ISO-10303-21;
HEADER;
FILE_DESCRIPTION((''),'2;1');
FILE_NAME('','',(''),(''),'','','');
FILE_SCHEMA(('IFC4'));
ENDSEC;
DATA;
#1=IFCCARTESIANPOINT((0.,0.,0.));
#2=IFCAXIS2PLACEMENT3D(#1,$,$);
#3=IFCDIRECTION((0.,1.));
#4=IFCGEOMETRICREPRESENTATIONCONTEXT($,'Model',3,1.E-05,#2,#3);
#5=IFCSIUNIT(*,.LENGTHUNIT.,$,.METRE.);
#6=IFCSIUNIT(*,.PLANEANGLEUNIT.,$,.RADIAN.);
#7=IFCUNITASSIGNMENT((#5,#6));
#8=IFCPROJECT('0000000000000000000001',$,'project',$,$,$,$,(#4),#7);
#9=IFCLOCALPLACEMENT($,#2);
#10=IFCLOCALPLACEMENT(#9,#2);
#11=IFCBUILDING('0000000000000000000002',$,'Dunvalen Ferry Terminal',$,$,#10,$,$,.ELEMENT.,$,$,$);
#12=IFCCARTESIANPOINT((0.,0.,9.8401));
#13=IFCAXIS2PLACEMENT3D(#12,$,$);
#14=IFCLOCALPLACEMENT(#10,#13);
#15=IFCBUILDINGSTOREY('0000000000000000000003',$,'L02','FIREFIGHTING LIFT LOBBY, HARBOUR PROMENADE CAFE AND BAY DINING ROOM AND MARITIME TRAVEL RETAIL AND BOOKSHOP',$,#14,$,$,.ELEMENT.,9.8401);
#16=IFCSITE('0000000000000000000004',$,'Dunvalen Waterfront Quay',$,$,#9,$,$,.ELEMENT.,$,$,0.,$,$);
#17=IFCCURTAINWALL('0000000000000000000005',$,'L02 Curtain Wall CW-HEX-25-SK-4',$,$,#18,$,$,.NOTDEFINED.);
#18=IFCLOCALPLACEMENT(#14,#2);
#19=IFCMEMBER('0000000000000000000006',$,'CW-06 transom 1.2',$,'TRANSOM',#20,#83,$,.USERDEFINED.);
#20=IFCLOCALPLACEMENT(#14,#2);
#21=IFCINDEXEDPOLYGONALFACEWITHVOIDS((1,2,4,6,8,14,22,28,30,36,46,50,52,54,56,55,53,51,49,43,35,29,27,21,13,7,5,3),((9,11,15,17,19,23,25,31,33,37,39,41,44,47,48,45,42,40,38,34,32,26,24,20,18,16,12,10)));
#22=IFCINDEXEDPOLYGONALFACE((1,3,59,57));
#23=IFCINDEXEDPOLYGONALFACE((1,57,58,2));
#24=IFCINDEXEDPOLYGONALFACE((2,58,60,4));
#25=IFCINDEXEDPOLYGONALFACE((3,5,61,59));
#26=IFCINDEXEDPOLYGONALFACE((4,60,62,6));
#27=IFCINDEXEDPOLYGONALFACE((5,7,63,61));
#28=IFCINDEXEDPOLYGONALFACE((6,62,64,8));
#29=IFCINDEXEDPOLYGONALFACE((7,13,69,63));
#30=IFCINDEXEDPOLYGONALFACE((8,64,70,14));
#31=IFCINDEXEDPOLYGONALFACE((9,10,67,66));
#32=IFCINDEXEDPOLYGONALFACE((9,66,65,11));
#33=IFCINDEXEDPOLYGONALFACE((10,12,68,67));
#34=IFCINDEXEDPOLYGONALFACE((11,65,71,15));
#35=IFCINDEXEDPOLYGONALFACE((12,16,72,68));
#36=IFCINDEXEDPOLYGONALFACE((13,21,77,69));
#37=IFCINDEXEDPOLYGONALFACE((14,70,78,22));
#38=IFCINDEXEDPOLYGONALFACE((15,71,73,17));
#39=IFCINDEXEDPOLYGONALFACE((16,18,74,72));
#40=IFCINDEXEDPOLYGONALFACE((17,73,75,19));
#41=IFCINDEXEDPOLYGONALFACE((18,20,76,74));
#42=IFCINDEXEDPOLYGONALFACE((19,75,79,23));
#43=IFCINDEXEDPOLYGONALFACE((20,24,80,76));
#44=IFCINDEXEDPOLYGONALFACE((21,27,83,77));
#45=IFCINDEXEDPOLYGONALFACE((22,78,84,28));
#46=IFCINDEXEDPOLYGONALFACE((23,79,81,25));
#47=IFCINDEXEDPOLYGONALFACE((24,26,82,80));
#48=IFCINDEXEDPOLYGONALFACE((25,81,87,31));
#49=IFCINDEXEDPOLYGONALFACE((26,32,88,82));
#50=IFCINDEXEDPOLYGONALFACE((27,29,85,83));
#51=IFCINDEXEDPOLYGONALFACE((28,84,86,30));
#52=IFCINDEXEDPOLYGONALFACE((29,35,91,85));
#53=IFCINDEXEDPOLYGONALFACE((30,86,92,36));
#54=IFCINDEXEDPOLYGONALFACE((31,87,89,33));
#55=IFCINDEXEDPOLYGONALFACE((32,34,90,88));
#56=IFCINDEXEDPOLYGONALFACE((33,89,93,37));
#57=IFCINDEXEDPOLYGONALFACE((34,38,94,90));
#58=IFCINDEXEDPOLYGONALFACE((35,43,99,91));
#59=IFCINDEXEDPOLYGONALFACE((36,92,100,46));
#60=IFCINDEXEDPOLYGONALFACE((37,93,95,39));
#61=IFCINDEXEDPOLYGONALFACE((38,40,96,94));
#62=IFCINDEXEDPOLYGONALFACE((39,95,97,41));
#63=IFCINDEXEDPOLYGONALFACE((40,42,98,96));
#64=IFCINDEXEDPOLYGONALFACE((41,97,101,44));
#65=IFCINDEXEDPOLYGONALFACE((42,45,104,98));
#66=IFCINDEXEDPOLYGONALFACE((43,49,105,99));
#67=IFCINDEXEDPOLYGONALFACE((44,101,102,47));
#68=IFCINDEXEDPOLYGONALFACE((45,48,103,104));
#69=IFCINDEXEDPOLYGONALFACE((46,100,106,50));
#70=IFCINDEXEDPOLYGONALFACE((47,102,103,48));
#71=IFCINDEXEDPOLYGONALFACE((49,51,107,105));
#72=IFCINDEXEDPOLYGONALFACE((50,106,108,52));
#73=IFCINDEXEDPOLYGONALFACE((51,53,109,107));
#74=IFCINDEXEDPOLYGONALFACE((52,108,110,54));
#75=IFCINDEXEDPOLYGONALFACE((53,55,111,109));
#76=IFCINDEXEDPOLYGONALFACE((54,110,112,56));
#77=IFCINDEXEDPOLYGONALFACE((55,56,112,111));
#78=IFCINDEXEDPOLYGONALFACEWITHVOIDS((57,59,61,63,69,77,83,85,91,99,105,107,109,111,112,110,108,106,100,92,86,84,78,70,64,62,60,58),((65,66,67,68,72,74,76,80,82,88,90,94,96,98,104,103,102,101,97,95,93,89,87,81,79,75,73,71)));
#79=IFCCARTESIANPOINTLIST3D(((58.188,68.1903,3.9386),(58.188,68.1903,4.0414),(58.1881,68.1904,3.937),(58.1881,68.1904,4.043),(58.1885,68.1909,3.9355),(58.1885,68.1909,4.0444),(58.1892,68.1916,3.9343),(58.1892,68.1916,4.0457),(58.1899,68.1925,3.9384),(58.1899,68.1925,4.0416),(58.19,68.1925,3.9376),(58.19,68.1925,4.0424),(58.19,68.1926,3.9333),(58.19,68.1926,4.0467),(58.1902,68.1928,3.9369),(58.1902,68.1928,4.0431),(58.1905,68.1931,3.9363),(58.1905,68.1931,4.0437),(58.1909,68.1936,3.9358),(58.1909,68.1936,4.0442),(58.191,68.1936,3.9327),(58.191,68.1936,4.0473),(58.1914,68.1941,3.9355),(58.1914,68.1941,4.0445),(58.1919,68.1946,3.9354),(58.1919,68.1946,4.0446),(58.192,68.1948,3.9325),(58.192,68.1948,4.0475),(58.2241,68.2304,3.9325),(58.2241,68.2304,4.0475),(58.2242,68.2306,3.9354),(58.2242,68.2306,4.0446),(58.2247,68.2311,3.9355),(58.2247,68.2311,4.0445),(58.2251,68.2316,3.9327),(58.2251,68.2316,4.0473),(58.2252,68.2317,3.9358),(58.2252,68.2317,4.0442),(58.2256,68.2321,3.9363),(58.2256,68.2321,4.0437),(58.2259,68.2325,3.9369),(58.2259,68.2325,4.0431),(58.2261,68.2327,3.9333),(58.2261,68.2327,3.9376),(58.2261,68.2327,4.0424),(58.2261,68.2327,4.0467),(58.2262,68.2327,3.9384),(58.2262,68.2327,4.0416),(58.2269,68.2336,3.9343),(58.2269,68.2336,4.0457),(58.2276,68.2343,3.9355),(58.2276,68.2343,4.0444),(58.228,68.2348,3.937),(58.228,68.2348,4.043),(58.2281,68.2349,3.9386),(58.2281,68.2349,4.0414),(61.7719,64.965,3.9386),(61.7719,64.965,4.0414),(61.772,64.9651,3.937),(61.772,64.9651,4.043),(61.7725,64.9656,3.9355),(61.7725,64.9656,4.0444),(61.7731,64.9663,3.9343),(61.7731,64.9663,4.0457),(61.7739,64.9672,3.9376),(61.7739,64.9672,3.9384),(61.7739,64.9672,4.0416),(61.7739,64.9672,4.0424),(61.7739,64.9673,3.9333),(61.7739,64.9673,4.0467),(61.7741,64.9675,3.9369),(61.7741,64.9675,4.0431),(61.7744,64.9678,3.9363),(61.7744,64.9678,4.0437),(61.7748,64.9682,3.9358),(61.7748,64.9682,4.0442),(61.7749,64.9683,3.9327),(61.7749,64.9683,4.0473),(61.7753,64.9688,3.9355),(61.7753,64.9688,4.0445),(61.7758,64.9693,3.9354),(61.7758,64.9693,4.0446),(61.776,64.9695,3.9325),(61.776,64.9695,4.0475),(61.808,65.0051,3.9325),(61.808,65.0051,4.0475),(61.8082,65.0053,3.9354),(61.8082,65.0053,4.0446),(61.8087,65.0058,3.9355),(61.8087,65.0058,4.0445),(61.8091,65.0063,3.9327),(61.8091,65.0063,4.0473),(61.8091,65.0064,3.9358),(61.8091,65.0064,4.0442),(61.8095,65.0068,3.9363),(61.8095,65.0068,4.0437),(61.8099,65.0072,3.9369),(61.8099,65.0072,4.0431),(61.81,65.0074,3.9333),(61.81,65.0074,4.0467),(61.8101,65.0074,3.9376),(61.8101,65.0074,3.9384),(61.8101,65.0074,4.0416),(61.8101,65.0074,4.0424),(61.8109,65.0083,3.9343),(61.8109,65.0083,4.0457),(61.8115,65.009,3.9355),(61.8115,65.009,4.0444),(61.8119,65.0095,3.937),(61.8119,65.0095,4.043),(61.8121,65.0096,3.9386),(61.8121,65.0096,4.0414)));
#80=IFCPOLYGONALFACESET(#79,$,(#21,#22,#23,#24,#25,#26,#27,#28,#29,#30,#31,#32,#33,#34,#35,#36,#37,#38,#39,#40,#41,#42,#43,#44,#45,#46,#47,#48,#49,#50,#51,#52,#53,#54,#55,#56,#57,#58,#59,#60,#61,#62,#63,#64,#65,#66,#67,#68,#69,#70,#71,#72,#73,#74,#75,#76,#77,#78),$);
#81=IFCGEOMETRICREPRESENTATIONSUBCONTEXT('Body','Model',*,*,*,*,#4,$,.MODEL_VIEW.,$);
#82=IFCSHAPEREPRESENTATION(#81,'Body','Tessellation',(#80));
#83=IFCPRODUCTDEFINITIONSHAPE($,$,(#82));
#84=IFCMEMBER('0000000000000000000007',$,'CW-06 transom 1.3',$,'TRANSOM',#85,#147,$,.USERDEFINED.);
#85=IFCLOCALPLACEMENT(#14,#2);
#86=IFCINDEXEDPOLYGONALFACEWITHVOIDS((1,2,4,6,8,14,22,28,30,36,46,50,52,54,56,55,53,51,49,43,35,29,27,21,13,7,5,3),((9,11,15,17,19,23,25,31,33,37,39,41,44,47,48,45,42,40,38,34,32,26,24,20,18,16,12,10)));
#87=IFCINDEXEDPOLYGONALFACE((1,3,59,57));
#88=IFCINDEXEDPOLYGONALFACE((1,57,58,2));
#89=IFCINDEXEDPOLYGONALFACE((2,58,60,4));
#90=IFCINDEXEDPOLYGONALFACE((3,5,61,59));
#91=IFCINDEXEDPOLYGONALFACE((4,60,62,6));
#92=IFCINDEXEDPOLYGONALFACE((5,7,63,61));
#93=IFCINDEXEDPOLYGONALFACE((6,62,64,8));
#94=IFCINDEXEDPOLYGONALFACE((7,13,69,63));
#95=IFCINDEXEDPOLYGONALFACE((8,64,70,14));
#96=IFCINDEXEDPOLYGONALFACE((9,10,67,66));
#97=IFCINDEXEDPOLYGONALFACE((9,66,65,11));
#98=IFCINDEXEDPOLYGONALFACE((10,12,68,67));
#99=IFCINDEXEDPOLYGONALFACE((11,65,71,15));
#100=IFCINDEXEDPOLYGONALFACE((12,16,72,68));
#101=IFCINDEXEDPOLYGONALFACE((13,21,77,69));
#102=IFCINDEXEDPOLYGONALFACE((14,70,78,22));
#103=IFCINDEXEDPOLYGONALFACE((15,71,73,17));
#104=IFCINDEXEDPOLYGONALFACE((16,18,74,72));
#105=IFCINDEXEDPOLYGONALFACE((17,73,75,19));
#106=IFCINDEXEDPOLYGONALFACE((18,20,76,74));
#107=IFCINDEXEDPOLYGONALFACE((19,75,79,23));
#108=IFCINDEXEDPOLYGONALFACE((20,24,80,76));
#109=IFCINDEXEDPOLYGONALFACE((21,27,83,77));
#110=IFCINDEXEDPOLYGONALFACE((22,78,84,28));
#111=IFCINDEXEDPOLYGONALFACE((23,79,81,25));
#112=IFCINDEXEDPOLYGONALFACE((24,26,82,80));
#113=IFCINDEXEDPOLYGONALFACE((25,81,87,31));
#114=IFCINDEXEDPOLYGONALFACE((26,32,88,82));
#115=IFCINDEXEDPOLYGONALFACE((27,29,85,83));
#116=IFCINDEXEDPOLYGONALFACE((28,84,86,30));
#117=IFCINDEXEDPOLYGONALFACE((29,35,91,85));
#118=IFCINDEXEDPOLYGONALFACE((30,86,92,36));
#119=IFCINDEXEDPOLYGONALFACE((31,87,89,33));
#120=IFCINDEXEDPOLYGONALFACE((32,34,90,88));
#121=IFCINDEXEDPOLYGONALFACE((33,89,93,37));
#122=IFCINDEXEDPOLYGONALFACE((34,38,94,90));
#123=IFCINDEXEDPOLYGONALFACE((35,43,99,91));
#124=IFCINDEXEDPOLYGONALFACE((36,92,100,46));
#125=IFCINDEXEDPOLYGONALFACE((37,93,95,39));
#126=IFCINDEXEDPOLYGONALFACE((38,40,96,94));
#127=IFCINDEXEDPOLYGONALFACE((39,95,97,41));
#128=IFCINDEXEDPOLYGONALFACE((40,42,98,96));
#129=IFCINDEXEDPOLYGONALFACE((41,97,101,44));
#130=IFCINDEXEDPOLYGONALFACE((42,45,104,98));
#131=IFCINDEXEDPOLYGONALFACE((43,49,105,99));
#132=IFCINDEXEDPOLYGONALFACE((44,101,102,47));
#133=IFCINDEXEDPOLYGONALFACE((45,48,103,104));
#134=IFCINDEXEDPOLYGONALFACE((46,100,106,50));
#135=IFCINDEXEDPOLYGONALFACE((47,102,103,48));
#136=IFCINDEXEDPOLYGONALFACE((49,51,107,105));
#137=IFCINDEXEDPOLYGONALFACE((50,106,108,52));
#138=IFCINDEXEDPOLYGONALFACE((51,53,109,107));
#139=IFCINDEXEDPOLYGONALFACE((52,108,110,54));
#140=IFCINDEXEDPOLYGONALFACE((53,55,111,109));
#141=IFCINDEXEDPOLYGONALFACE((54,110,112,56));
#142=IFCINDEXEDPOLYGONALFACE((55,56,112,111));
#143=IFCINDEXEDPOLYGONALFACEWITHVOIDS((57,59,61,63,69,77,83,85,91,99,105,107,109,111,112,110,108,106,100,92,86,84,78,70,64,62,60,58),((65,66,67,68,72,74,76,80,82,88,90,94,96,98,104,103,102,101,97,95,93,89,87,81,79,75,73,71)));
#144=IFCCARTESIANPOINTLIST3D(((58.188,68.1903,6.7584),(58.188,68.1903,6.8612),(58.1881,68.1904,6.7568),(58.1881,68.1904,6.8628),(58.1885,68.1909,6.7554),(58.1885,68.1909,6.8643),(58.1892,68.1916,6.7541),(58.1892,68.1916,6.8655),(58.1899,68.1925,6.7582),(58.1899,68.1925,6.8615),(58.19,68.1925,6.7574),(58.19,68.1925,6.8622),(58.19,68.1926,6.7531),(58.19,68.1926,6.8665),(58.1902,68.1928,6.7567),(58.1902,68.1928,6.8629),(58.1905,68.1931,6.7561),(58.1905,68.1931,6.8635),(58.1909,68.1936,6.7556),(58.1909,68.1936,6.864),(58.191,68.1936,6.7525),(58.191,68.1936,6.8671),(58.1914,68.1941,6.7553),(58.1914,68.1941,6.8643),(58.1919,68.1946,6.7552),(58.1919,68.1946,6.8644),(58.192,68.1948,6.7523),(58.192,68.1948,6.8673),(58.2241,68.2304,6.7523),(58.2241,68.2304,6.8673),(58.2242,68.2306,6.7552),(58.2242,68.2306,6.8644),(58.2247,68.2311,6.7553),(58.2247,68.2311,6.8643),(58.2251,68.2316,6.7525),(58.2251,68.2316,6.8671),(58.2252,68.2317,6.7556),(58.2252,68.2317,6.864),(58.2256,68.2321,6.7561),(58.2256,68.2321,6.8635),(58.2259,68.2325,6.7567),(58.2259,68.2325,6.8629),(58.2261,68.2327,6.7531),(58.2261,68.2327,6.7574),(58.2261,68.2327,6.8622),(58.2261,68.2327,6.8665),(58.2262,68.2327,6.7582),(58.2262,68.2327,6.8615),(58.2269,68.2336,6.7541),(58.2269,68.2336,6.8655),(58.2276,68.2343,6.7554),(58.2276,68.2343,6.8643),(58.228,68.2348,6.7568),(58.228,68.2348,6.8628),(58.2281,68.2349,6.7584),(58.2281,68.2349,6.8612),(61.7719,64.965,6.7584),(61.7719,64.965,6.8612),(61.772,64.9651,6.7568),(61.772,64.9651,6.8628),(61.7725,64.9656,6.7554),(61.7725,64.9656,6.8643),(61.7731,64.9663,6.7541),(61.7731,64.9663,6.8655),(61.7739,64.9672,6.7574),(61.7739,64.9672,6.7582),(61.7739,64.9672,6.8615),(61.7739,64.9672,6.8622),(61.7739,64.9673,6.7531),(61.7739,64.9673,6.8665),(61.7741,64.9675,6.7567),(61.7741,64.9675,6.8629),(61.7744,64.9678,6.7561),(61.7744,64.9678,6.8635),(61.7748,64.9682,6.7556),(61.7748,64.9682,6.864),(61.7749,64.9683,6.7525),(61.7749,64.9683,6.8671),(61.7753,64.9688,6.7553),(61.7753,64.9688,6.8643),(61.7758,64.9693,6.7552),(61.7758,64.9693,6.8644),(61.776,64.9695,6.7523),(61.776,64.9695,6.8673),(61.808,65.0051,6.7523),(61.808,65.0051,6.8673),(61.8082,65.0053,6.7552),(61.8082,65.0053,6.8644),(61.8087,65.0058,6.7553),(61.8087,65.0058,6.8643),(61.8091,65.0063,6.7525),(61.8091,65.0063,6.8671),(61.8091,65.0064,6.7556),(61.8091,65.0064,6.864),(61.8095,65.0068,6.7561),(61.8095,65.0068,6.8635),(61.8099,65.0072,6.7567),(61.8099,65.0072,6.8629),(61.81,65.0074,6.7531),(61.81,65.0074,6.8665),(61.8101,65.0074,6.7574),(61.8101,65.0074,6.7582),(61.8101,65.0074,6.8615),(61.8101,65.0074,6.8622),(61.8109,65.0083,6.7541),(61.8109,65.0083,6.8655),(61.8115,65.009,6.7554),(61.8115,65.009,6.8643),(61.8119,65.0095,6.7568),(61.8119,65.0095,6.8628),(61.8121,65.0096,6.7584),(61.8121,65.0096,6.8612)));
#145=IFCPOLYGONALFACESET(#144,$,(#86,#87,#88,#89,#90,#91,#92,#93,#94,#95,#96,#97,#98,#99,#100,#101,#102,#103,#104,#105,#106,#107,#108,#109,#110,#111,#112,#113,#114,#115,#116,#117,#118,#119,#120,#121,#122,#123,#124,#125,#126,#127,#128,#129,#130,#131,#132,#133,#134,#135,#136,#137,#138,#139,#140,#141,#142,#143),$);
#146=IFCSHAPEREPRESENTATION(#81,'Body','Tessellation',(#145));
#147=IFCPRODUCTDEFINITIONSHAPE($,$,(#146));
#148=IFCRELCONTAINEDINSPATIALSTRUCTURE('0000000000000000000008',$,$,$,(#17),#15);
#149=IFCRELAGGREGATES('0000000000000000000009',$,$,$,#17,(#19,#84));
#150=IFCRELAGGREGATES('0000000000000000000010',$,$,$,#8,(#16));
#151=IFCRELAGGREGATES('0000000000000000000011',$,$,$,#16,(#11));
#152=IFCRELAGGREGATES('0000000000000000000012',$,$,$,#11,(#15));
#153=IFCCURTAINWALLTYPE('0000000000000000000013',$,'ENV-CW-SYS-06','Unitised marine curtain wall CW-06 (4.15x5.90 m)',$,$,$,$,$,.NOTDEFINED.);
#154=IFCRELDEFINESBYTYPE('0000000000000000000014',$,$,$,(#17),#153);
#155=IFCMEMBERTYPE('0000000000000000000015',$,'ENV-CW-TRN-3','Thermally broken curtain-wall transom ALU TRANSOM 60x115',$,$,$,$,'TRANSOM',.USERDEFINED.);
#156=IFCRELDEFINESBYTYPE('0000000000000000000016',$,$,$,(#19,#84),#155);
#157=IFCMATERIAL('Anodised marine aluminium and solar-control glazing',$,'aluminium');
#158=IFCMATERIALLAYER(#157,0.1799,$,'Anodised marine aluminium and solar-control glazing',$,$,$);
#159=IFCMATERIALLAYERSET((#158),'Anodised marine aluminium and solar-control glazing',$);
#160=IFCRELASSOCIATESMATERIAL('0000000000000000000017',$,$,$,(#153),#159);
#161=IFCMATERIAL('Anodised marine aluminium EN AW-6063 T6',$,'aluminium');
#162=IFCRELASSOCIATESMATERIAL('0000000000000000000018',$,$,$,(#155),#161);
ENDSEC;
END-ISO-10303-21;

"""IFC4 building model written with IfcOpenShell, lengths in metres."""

from ifc_helpers import new_model, si_unit, direction, frame, origin, origin_2d, place, context, subcontext, project, spatial, hollow_rectangle, extrude, material, layer, layer_set, material_profile, profile_set, type_object, element, aggregate, save


model = new_model("IFC4")

# Units and contexts
model_context = context("Model", 3, precision=1e-05, world=origin(), true_north=direction((0.0, 1.0)))
body_context = subcontext(model_context, "Body", "Model", "MODEL_VIEW")
ifc_project = project(units=[si_unit("LENGTHUNIT", "METRE"), si_unit("PLANEANGLEUNIT", "RADIAN")], contexts=[model_context])

# Site, building, storey
site_placement = place(None, origin())
site = spatial("IfcSite", under=ifc_project, at=site_placement, Name="Dunvalen Waterfront Quay", CompositionType="ELEMENT", RefElevation=0.0)
building_placement = place(site_placement, origin())
building = spatial("IfcBuilding", under=site, at=building_placement, Name="Dunvalen Ferry Terminal", CompositionType="ELEMENT")
storey_placement = place(building_placement, frame((0.0, 0.0, 9.8401)))
storey = spatial("IfcBuildingStorey", under=building, at=storey_placement, Name="L02", Description="FIREFIGHTING LIFT LOBBY, HARBOUR PROMENADE CAFE AND BAY DINING ROOM AND MARITIME TRAVEL RETAIL AND BOOKSHOP", CompositionType="ELEMENT", Elevation=9.8401)

# Curtain wall
ifc_material_1 = material(Name="Anodised marine aluminium and solar-control glazing", Category="aluminium")
ifc_material_2 = material(Name="Anodised marine aluminium EN AW-6063 T6", Category="aluminium")
ifc_layer_1 = layer(ifc_material_1, 0.1799, Name="Anodised marine aluminium and solar-control glazing")
ifc_layer_set_1 = layer_set([ifc_layer_1], Name="Anodised marine aluminium and solar-control glazing")
curtain_wall_type_1 = type_object("IfcCurtainWallType", Name="ENV-CW-SYS-06", Description="Unitised marine curtain wall CW-06 (4.15x5.90 m)", PredefinedType="NOTDEFINED", material=ifc_layer_set_1)
curtain_wall_1_placement = place(storey_placement, origin())
curtain_wall_1 = element("IfcCurtainWall", 1, at=curtain_wall_1_placement, inside=storey, type_object=curtain_wall_type_1, Name="L02 Curtain Wall CW-HEX-25-SK-4", PredefinedType="NOTDEFINED")

# Members
ifc_material_profile_1 = material_profile(ifc_material_2, hollow_rectangle(XDim=0.0601, YDim=0.115, WallThickness=0.0029, InnerFilletRadius=0.0029, OuterFilletRadius=0.0061, at=origin_2d()), Name="Anodised marine aluminium EN AW-6063 T6")
ifc_profile_set_1 = profile_set([ifc_material_profile_1], Name="Anodised marine aluminium EN AW-6063 T6")
member_type_1 = type_object("IfcMemberType", Name="ENV-CW-TRN-3", Description="Thermally broken curtain-wall transom ALU TRANSOM 60x115", ElementType="TRANSOM", PredefinedType="USERDEFINED", material=ifc_profile_set_1)
member_1_placement = place(storey_placement, frame((61.792, 64.9873, 3.99), z_axis=(-0.743319, 0.668937, 0.0), x_axis=(-0.668937, -0.743319, 0.0)))
member_1 = element("IfcMember", 2, at=member_1_placement, type_object=member_type_1, Name="CW-06 transom 1.2", ObjectType="TRANSOM", PredefinedType="USERDEFINED", context=body_context, shape_type="SweptSolid", body=[
    extrude(hollow_rectangle(XDim=0.0601, YDim=0.115, WallThickness=0.0029, InnerFilletRadius=0.0029, OuterFilletRadius=0.0061, at=origin_2d()), origin(), (0.0, 0.0, 1.0), 4.8215),
])
member_2_placement = place(storey_placement, frame((61.792, 64.9873, 6.8098), z_axis=(-0.743319, 0.668937, 0.0), x_axis=(-0.668937, -0.743319, 0.0)))
member_2 = element("IfcMember", 3, at=member_2_placement, type_object=member_type_1, Name="CW-06 transom 1.3", ObjectType="TRANSOM", PredefinedType="USERDEFINED", context=body_context, shape_type="SweptSolid", body=[
    extrude(hollow_rectangle(XDim=0.0601, YDim=0.115, WallThickness=0.0029, InnerFilletRadius=0.0029, OuterFilletRadius=0.0061, at=origin_2d()), origin(), (0.0, 0.0, 1.0), 4.8215),
])
aggregate(curtain_wall_1, [member_1, member_2])

save(model, "model.ifc")
